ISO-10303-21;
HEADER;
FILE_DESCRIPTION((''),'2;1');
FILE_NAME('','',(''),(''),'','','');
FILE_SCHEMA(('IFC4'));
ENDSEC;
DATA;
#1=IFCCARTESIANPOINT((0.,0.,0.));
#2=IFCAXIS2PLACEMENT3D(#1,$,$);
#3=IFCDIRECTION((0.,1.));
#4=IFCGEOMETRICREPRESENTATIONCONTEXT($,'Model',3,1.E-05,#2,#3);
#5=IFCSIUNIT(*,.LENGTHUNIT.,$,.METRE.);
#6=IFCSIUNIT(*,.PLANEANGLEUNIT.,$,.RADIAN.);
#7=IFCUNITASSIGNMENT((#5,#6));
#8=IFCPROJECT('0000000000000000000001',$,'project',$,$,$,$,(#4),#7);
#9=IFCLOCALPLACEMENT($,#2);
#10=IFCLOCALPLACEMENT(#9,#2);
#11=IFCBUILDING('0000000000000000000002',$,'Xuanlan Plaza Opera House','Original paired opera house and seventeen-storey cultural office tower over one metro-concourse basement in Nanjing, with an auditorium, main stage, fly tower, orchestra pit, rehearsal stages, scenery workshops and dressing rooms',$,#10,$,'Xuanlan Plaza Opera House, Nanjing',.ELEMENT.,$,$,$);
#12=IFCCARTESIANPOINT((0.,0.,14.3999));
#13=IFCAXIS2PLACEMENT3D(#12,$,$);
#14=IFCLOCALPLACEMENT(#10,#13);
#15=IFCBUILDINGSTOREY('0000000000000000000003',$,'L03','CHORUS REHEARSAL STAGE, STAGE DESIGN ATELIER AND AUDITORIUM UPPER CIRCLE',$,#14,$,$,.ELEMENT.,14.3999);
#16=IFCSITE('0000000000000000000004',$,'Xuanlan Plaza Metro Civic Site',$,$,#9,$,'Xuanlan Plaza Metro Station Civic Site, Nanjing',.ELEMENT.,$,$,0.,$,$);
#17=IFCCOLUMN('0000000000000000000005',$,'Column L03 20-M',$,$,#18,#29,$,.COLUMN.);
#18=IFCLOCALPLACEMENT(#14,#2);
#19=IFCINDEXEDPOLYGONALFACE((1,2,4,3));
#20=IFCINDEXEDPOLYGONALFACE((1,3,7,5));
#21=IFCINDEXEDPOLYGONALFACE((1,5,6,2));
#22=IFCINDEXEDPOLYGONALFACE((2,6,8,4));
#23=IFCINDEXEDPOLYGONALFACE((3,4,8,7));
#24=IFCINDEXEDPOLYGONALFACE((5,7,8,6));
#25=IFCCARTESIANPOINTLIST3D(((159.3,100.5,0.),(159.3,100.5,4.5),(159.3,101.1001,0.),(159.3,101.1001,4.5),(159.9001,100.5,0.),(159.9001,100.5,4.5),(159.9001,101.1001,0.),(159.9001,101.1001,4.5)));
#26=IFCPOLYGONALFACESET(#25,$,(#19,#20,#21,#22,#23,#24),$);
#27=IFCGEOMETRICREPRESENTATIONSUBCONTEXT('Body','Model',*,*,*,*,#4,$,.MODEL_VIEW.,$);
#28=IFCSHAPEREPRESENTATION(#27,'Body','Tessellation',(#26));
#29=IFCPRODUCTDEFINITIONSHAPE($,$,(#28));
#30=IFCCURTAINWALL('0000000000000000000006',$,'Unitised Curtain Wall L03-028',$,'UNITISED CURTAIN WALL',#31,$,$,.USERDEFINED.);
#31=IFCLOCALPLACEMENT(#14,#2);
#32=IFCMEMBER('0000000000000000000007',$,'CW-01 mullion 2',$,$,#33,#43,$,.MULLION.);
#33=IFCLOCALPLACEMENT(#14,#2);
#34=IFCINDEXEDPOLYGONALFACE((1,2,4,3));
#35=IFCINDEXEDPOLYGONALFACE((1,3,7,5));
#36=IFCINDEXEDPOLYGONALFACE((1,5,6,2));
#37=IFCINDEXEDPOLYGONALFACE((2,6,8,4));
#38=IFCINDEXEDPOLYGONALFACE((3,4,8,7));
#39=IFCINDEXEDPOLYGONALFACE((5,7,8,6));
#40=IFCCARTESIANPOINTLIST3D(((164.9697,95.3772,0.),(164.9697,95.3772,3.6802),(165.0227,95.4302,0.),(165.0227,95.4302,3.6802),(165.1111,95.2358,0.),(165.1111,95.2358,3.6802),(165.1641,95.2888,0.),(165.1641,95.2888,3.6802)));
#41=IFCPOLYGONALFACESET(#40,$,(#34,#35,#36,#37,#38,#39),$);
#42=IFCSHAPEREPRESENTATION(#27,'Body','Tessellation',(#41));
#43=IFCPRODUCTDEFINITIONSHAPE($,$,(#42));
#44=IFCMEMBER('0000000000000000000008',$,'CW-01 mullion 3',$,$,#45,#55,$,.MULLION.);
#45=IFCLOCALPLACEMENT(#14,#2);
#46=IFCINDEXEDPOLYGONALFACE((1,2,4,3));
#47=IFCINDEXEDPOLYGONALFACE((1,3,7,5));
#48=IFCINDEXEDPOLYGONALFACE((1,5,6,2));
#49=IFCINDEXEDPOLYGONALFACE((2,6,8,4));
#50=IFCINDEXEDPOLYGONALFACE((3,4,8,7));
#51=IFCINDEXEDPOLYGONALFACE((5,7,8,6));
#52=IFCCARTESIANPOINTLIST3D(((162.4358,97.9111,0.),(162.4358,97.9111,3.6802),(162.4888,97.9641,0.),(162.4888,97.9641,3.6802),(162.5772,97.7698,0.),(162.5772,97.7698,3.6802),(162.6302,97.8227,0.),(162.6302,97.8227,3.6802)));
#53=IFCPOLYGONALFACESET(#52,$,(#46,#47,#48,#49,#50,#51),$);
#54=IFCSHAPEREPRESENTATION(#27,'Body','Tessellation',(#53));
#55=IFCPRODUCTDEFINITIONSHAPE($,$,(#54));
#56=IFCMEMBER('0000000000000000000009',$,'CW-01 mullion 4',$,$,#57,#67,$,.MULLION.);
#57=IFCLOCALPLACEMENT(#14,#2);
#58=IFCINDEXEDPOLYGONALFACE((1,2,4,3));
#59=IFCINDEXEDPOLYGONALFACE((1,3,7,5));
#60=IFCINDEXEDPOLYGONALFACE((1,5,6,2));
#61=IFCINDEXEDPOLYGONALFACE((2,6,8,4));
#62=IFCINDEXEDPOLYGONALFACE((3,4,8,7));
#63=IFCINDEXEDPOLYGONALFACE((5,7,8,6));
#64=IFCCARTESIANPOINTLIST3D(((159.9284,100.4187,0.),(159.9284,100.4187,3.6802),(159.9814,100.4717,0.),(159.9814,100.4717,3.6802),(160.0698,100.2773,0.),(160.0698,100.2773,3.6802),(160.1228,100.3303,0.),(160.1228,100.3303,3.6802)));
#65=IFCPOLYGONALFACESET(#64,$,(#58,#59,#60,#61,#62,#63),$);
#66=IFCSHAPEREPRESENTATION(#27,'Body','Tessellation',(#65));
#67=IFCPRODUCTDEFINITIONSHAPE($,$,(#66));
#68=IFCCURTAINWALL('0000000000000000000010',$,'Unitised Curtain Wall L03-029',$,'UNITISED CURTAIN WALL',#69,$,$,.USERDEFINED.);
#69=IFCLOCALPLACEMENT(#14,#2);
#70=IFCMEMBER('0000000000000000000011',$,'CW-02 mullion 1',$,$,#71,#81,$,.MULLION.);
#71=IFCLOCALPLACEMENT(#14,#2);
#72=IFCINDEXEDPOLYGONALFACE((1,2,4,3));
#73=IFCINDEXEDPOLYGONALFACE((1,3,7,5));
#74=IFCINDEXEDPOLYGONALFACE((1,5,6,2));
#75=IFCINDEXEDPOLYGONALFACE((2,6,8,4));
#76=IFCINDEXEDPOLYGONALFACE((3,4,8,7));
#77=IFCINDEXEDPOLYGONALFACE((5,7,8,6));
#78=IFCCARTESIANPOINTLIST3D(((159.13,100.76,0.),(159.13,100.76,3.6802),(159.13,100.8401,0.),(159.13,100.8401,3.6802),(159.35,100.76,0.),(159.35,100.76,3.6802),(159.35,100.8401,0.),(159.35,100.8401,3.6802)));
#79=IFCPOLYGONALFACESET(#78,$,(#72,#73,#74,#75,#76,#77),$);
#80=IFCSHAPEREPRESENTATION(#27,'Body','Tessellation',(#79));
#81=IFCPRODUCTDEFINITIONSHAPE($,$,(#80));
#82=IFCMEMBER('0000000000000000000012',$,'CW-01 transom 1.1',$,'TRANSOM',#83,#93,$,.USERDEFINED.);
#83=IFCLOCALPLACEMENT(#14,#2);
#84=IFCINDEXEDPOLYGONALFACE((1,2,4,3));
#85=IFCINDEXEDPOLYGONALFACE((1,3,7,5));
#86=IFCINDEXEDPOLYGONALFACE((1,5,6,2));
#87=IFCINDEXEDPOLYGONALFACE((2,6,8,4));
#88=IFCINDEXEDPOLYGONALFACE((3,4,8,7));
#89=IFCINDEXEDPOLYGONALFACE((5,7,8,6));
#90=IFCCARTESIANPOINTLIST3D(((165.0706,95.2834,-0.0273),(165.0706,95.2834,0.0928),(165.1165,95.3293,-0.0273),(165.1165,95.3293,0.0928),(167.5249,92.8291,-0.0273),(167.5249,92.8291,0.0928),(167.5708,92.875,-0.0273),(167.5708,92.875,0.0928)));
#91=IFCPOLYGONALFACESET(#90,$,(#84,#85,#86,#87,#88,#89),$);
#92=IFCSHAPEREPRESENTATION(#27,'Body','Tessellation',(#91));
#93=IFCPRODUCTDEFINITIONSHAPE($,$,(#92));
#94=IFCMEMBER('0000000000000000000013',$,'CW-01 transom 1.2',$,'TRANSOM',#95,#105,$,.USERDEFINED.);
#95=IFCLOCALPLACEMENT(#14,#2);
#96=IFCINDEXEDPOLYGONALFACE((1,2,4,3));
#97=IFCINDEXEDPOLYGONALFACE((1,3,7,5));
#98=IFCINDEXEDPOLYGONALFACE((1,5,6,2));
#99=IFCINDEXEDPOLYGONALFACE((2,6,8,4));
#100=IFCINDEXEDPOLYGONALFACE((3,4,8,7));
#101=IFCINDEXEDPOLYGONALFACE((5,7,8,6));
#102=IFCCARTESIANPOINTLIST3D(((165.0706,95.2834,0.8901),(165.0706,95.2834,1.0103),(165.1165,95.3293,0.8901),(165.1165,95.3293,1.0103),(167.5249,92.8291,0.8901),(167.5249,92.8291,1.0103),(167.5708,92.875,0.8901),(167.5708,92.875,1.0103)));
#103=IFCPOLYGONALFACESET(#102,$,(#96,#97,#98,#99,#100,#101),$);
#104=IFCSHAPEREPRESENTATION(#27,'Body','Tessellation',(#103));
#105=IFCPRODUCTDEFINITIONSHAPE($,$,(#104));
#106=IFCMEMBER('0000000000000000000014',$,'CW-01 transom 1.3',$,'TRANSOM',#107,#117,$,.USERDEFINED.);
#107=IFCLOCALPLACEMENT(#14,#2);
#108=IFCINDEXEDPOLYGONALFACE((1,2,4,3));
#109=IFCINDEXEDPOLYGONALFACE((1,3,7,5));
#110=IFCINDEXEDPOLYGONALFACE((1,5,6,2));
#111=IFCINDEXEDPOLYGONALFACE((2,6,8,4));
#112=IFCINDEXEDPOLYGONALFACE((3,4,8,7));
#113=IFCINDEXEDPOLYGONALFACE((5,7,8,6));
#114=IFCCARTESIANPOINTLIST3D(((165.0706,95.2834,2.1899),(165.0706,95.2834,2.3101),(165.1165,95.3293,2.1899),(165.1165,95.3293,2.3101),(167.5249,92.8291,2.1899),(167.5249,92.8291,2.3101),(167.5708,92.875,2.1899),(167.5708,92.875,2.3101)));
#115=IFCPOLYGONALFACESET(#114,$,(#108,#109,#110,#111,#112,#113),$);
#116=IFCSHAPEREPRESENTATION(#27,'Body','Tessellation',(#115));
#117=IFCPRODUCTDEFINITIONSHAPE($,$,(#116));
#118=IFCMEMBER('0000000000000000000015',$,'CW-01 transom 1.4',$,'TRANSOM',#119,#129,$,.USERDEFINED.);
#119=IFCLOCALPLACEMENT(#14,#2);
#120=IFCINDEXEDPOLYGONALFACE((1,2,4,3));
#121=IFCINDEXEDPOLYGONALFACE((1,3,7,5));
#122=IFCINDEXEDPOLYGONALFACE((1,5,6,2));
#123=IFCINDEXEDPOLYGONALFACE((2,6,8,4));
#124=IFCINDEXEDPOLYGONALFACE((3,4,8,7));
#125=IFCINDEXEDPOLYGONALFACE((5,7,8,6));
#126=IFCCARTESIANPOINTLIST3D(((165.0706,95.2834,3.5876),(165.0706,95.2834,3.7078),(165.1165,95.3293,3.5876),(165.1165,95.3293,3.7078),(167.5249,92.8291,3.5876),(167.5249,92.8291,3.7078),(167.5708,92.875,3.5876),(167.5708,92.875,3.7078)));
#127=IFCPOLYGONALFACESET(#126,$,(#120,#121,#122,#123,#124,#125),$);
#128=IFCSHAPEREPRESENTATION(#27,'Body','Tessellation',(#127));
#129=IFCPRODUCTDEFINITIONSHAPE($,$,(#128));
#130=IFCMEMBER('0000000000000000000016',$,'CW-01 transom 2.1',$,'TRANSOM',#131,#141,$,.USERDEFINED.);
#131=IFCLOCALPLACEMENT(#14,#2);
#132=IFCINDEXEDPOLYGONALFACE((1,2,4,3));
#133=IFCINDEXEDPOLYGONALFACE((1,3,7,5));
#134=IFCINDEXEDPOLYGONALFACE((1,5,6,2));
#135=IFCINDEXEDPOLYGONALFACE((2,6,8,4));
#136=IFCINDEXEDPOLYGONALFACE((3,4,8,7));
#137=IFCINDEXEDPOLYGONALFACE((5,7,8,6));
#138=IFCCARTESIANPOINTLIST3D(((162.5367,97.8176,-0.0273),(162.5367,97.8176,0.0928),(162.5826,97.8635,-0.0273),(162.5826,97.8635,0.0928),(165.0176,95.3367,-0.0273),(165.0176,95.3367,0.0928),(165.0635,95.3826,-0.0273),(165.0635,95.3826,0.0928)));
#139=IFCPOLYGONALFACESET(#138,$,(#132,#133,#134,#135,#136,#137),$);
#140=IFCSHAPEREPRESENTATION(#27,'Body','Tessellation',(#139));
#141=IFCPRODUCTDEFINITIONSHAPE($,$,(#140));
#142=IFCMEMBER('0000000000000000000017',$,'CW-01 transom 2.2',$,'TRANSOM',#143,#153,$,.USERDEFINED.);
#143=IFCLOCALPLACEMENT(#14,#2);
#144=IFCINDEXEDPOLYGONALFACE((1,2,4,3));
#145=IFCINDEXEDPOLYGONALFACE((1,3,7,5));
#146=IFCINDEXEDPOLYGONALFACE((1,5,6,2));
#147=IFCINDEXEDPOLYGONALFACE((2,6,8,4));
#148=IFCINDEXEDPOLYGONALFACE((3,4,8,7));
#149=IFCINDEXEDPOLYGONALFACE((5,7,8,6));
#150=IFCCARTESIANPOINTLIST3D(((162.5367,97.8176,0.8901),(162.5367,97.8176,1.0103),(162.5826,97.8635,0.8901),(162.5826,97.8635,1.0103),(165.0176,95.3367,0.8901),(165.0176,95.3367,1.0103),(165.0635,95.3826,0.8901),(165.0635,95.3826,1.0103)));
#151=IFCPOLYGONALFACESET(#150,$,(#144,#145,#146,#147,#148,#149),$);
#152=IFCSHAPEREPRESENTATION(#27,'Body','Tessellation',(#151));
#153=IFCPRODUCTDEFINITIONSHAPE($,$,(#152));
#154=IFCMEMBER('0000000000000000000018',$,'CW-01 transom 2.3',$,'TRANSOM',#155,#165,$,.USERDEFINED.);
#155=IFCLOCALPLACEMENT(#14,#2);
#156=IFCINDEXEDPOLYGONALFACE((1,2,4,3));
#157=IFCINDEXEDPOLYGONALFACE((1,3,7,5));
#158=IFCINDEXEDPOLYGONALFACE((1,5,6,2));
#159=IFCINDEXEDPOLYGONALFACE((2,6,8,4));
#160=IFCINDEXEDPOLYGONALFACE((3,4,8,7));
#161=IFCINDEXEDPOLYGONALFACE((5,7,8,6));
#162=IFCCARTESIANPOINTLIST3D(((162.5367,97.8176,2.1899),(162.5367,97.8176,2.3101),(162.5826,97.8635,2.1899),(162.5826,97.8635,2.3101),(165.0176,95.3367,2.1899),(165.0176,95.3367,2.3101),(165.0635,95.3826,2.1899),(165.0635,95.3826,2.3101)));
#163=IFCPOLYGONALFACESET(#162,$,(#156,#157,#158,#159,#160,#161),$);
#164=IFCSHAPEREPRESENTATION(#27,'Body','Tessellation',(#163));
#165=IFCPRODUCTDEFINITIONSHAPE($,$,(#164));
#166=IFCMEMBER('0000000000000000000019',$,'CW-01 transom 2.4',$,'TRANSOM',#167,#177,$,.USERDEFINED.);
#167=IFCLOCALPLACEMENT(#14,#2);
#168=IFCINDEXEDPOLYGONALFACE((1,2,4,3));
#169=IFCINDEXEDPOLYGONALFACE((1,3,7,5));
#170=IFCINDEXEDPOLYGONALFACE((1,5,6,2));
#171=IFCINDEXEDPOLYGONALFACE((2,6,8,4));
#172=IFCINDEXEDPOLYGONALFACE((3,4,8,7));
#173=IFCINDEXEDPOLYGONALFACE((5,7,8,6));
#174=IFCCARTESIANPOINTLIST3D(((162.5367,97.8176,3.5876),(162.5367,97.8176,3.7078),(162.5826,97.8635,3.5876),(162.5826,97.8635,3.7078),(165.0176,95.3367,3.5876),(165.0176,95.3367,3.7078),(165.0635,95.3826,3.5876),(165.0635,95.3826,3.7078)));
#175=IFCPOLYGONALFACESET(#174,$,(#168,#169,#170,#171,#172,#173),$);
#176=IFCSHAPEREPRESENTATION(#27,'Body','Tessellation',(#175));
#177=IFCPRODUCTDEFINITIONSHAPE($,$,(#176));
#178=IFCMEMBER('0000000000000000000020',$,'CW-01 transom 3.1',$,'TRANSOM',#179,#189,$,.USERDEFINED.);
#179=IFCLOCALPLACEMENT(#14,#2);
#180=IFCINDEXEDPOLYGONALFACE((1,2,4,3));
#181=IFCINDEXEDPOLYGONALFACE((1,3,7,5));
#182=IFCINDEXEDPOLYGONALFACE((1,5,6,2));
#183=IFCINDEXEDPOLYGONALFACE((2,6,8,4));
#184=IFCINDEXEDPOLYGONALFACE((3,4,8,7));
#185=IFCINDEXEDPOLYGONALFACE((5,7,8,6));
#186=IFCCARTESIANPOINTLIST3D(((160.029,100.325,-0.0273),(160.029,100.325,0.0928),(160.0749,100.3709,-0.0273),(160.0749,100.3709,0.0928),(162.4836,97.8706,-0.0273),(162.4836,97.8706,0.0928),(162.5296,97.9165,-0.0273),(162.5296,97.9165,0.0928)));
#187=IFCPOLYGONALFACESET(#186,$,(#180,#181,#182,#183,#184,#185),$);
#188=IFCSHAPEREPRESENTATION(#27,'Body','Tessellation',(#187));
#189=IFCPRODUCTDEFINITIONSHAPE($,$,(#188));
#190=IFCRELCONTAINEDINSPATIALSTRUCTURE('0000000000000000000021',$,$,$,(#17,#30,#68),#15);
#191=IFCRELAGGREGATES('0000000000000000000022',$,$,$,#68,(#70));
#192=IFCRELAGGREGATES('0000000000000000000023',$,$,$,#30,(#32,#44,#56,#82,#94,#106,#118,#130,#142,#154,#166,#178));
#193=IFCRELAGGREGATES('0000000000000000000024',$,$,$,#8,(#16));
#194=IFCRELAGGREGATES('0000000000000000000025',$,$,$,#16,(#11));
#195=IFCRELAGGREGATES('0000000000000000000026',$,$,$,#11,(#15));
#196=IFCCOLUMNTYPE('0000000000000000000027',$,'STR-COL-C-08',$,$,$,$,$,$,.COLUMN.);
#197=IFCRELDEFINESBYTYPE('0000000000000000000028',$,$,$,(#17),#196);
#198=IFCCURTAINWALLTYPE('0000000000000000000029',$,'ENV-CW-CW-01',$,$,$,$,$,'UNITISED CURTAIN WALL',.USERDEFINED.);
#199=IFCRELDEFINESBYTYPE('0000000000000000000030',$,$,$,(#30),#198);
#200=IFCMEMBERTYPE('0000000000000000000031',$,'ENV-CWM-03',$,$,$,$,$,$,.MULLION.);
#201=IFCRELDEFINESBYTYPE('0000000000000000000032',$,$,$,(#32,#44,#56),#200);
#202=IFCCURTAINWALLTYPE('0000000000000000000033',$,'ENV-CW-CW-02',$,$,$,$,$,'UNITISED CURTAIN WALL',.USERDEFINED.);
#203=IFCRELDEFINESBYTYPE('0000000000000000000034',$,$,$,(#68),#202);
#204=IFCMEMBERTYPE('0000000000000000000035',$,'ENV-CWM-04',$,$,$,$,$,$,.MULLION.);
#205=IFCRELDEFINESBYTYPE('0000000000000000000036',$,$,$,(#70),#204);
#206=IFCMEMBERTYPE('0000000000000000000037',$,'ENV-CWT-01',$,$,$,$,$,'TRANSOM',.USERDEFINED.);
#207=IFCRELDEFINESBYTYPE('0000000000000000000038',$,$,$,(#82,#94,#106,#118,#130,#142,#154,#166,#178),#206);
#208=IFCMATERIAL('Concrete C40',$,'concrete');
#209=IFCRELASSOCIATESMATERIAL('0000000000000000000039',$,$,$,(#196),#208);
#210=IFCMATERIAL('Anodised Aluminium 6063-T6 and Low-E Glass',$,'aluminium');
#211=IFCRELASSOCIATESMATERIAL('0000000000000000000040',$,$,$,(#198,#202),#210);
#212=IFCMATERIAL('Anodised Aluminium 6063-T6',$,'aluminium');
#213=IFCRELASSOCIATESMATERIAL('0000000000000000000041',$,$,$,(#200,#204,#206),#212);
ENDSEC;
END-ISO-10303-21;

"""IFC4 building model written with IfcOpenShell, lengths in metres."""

from ifc_helpers import new_model, si_unit, direction, frame, origin, origin_2d, place, context, subcontext, project, spatial, rectangle, extrude, material, material_profile, profile_set, type_object, element, aggregate, save


model = new_model("IFC4")

# Units and contexts
model_context = context("Model", 3, precision=1e-05, world=origin(), true_north=direction((0.0, 1.0)))
body_context = subcontext(model_context, "Body", "Model", "MODEL_VIEW")
ifc_project = project(units=[si_unit("LENGTHUNIT", "METRE"), si_unit("PLANEANGLEUNIT", "RADIAN")], contexts=[model_context])

# Site, building, storey
site_placement = place(None, origin())
site = spatial("IfcSite", under=ifc_project, at=site_placement, Name="Xuanlan Plaza Metro Civic Site", LongName="Xuanlan Plaza Metro Station Civic Site, Nanjing", CompositionType="ELEMENT", RefElevation=0.0)
building_placement = place(site_placement, origin())
building = spatial("IfcBuilding", under=site, at=building_placement, Name="Xuanlan Plaza Opera House", Description="Original paired opera house and seventeen-storey cultural office tower over one metro-concourse basement in Nanjing, with an auditorium, main stage, fly tower, orchestra pit, rehearsal stages, scenery workshops and dressing rooms", LongName="Xuanlan Plaza Opera House, Nanjing", CompositionType="ELEMENT")
storey_placement = place(building_placement, frame((0.0, 0.0, 14.3999)))
storey = spatial("IfcBuildingStorey", under=building, at=storey_placement, Name="L03", Description="CHORUS REHEARSAL STAGE, STAGE DESIGN ATELIER AND AUDITORIUM UPPER CIRCLE", CompositionType="ELEMENT", Elevation=14.3999)

# Column
ifc_material_1 = material(Name="Concrete C40", Category="concrete")
ifc_material_profile_1 = material_profile(ifc_material_1, rectangle(XDim=0.6001, YDim=0.6001, at=origin_2d()), Name="RC-COL 600x600")
ifc_profile_set_1 = profile_set([ifc_material_profile_1], Name="Concrete C40")
column_type = type_object("IfcColumnType", Name="STR-COL-C-08", PredefinedType="COLUMN", material=ifc_profile_set_1)
column_placement = place(storey_placement, frame((159.6001, 100.8, 0.0), z_axis=(0.0, 0.0, 1.0), x_axis=(1.0, 0.0, 0.0)))
element("IfcColumn", 1, at=column_placement, inside=storey, type_object=column_type, Name="Column L03 20-M", PredefinedType="COLUMN", context=body_context, shape_type="SweptSolid", body=[
    extrude(rectangle(XDim=0.6001, YDim=0.6001, at=origin_2d()), origin(), (0.0, 0.0, 1.0), 4.5),
])

# Curtain wall, members
ifc_material_2 = material(Name="Anodised Aluminium 6063-T6 and Low-E Glass", Category="aluminium")
curtain_wall_type_1 = type_object("IfcCurtainWallType", Name="ENV-CW-CW-01", ElementType="UNITISED CURTAIN WALL", PredefinedType="USERDEFINED", material=ifc_material_2)
curtain_wall_1_placement = place(storey_placement, origin())
curtain_wall_1 = element("IfcCurtainWall", 2, at=curtain_wall_1_placement, inside=storey, type_object=curtain_wall_type_1, Name="Unitised Curtain Wall L03-028", ObjectType="UNITISED CURTAIN WALL", PredefinedType="USERDEFINED")
ifc_material_3 = material(Name="Anodised Aluminium 6063-T6", Category="aluminium")
ifc_material_profile_2 = material_profile(ifc_material_3, rectangle(XDim=0.075, YDim=0.2, at=origin_2d()), Name="ALU-M 75x200")
ifc_profile_set_2 = profile_set([ifc_material_profile_2], Name="Anodised Aluminium 6063-T6")
member_type_1 = type_object("IfcMemberType", Name="ENV-CWM-03", PredefinedType="MULLION", material=ifc_profile_set_2)
member_1_placement = place(storey_placement, frame((165.0669, 95.333, 0.0), z_axis=(0.0, 0.0, 1.0), x_axis=(-0.707107, -0.707107, 0.0)))
member_1 = element("IfcMember", 3, at=member_1_placement, type_object=member_type_1, Name="CW-01 mullion 2", PredefinedType="MULLION", context=body_context, shape_type="SweptSolid", body=[
    extrude(rectangle(XDim=0.075, YDim=0.2, at=origin_2d()), origin(), (0.0, 0.0, 1.0), 3.6802),
])
member_2_placement = place(storey_placement, frame((162.533, 97.8669, 0.0), z_axis=(0.0, 0.0, 1.0), x_axis=(-0.707107, -0.707107, 0.0)))
member_2 = element("IfcMember", 4, at=member_2_placement, type_object=member_type_1, Name="CW-01 mullion 3", PredefinedType="MULLION", context=body_context, shape_type="SweptSolid", body=[
    extrude(rectangle(XDim=0.075, YDim=0.2, at=origin_2d()), origin(), (0.0, 0.0, 1.0), 3.6802),
])
member_3_placement = place(storey_placement, frame((160.0256, 100.3745, 0.0), z_axis=(0.0, 0.0, 1.0), x_axis=(-0.707107, -0.707107, 0.0)))
member_3 = element("IfcMember", 5, at=member_3_placement, type_object=member_type_1, Name="CW-01 mullion 4", PredefinedType="MULLION", context=body_context, shape_type="SweptSolid", body=[
    extrude(rectangle(XDim=0.075, YDim=0.2, at=origin_2d()), origin(), (0.0, 0.0, 1.0), 3.6802),
])

# Curtain wall, member
curtain_wall_type_2 = type_object("IfcCurtainWallType", Name="ENV-CW-CW-02", ElementType="UNITISED CURTAIN WALL", PredefinedType="USERDEFINED", material=ifc_material_2)
curtain_wall_2_placement = place(storey_placement, origin())
curtain_wall_2 = element("IfcCurtainWall", 6, at=curtain_wall_2_placement, inside=storey, type_object=curtain_wall_type_2, Name="Unitised Curtain Wall L03-029", ObjectType="UNITISED CURTAIN WALL", PredefinedType="USERDEFINED")
ifc_material_profile_3 = material_profile(ifc_material_3, rectangle(XDim=0.0801, YDim=0.22, at=origin_2d()), Name="ALU-M 80x220")
ifc_profile_set_3 = profile_set([ifc_material_profile_3], Name="Anodised Aluminium 6063-T6")
member_type_2 = type_object("IfcMemberType", Name="ENV-CWM-04", PredefinedType="MULLION", material=ifc_profile_set_3)
member_4_placement = place(storey_placement, frame((159.24, 100.8, 0.0), z_axis=(0.0, 0.0, 1.0), x_axis=(0.0, -1.0, 0.0)))
member_4 = element("IfcMember", 7, at=member_4_placement, type_object=member_type_2, Name="CW-02 mullion 1", PredefinedType="MULLION", context=body_context, shape_type="SweptSolid", body=[
    extrude(rectangle(XDim=0.0801, YDim=0.22, at=origin_2d()), origin(), (0.0, 0.0, 1.0), 3.6802),
])
aggregate(curtain_wall_2, [member_4])

# Members
ifc_material_profile_4 = material_profile(ifc_material_3, rectangle(XDim=0.0649, YDim=0.1201, at=origin_2d()), Name="ALU-T 65x120")
ifc_profile_set_4 = profile_set([ifc_material_profile_4], Name="Anodised Aluminium 6063-T6")
member_type_3 = type_object("IfcMemberType", Name="ENV-CWT-01", ElementType="TRANSOM", PredefinedType="USERDEFINED", material=ifc_profile_set_4)
member_5_placement = place(storey_placement, frame((167.5479, 92.8521, 0.0327), z_axis=(-0.707107, 0.707107, 0.0), x_axis=(-0.707107, -0.707107, 0.0)))
member_5 = element("IfcMember", 8, at=member_5_placement, type_object=member_type_3, Name="CW-01 transom 1.1", ObjectType="TRANSOM", PredefinedType="USERDEFINED", context=body_context, shape_type="SweptSolid", body=[
    extrude(rectangle(XDim=0.0649, YDim=0.1201, at=origin_2d()), origin(), (0.0, 0.0, 1.0), 3.4709),
])
member_6_placement = place(storey_placement, frame((167.5479, 92.8521, 0.9502), z_axis=(-0.707107, 0.707107, 0.0), x_axis=(-0.707107, -0.707107, 0.0)))
member_6 = element("IfcMember", 9, at=member_6_placement, type_object=member_type_3, Name="CW-01 transom 1.2", ObjectType="TRANSOM", PredefinedType="USERDEFINED", context=body_context, shape_type="SweptSolid", body=[
    extrude(rectangle(XDim=0.0649, YDim=0.1201, at=origin_2d()), origin(), (0.0, 0.0, 1.0), 3.4709),
])
member_7_placement = place(storey_placement, frame((167.5479, 92.8521, 2.25), z_axis=(-0.707107, 0.707107, 0.0), x_axis=(-0.707107, -0.707107, 0.0)))
member_7 = element("IfcMember", 10, at=member_7_placement, type_object=member_type_3, Name="CW-01 transom 1.3", ObjectType="TRANSOM", PredefinedType="USERDEFINED", context=body_context, shape_type="SweptSolid", body=[
    extrude(rectangle(XDim=0.0649, YDim=0.1201, at=origin_2d()), origin(), (0.0, 0.0, 1.0), 3.4709),
])
member_8_placement = place(storey_placement, frame((167.5479, 92.8521, 3.6477), z_axis=(-0.707107, 0.707107, 0.0), x_axis=(-0.707107, -0.707107, 0.0)))
member_8 = element("IfcMember", 11, at=member_8_placement, type_object=member_type_3, Name="CW-01 transom 1.4", ObjectType="TRANSOM", PredefinedType="USERDEFINED", context=body_context, shape_type="SweptSolid", body=[
    extrude(rectangle(XDim=0.0649, YDim=0.1201, at=origin_2d()), origin(), (0.0, 0.0, 1.0), 3.4709),
])
member_9_placement = place(storey_placement, frame((165.0405, 95.3596, 0.0327), z_axis=(-0.707107, 0.707107, 0.0), x_axis=(-0.707107, -0.707107, 0.0)))
member_9 = element("IfcMember", 12, at=member_9_placement, type_object=member_type_3, Name="CW-01 transom 2.1", ObjectType="TRANSOM", PredefinedType="USERDEFINED", context=body_context, shape_type="SweptSolid", body=[
    extrude(rectangle(XDim=0.0649, YDim=0.1201, at=origin_2d()), origin(), (0.0, 0.0, 1.0), 3.5085),
])
member_10_placement = place(storey_placement, frame((165.0405, 95.3596, 0.9502), z_axis=(-0.707107, 0.707107, 0.0), x_axis=(-0.707107, -0.707107, 0.0)))
member_10 = element("IfcMember", 13, at=member_10_placement, type_object=member_type_3, Name="CW-01 transom 2.2", ObjectType="TRANSOM", PredefinedType="USERDEFINED", context=body_context, shape_type="SweptSolid", body=[
    extrude(rectangle(XDim=0.0649, YDim=0.1201, at=origin_2d()), origin(), (0.0, 0.0, 1.0), 3.5085),
])
member_11_placement = place(storey_placement, frame((165.0405, 95.3596, 2.25), z_axis=(-0.707107, 0.707107, 0.0), x_axis=(-0.707107, -0.707107, 0.0)))
member_11 = element("IfcMember", 14, at=member_11_placement, type_object=member_type_3, Name="CW-01 transom 2.3", ObjectType="TRANSOM", PredefinedType="USERDEFINED", context=body_context, shape_type="SweptSolid", body=[
    extrude(rectangle(XDim=0.0649, YDim=0.1201, at=origin_2d()), origin(), (0.0, 0.0, 1.0), 3.5085),
])
member_12_placement = place(storey_placement, frame((165.0405, 95.3596, 3.6477), z_axis=(-0.707107, 0.707107, 0.0), x_axis=(-0.707107, -0.707107, 0.0)))
member_12 = element("IfcMember", 15, at=member_12_placement, type_object=member_type_3, Name="CW-01 transom 2.4", ObjectType="TRANSOM", PredefinedType="USERDEFINED", context=body_context, shape_type="SweptSolid", body=[
    extrude(rectangle(XDim=0.0649, YDim=0.1201, at=origin_2d()), origin(), (0.0, 0.0, 1.0), 3.5085),
])
member_13_placement = place(storey_placement, frame((162.5066, 97.8936, 0.0327), z_axis=(-0.707142, 0.707072, 0.0), x_axis=(-0.707072, -0.707142, 0.0)))
member_13 = element("IfcMember", 16, at=member_13_placement, type_object=member_type_3, Name="CW-01 transom 3.1", ObjectType="TRANSOM", PredefinedType="USERDEFINED", context=body_context, shape_type="SweptSolid", body=[
    extrude(rectangle(XDim=0.0649, YDim=0.1201, at=origin_2d()), origin(), (0.0, 0.0, 1.0), 3.4712),
])

aggregate(curtain_wall_1, [member_1, member_2, member_3, member_5, member_6, member_7, member_8, member_9, member_10, member_11, member_12, member_13])

save(model, "model.ifc")
